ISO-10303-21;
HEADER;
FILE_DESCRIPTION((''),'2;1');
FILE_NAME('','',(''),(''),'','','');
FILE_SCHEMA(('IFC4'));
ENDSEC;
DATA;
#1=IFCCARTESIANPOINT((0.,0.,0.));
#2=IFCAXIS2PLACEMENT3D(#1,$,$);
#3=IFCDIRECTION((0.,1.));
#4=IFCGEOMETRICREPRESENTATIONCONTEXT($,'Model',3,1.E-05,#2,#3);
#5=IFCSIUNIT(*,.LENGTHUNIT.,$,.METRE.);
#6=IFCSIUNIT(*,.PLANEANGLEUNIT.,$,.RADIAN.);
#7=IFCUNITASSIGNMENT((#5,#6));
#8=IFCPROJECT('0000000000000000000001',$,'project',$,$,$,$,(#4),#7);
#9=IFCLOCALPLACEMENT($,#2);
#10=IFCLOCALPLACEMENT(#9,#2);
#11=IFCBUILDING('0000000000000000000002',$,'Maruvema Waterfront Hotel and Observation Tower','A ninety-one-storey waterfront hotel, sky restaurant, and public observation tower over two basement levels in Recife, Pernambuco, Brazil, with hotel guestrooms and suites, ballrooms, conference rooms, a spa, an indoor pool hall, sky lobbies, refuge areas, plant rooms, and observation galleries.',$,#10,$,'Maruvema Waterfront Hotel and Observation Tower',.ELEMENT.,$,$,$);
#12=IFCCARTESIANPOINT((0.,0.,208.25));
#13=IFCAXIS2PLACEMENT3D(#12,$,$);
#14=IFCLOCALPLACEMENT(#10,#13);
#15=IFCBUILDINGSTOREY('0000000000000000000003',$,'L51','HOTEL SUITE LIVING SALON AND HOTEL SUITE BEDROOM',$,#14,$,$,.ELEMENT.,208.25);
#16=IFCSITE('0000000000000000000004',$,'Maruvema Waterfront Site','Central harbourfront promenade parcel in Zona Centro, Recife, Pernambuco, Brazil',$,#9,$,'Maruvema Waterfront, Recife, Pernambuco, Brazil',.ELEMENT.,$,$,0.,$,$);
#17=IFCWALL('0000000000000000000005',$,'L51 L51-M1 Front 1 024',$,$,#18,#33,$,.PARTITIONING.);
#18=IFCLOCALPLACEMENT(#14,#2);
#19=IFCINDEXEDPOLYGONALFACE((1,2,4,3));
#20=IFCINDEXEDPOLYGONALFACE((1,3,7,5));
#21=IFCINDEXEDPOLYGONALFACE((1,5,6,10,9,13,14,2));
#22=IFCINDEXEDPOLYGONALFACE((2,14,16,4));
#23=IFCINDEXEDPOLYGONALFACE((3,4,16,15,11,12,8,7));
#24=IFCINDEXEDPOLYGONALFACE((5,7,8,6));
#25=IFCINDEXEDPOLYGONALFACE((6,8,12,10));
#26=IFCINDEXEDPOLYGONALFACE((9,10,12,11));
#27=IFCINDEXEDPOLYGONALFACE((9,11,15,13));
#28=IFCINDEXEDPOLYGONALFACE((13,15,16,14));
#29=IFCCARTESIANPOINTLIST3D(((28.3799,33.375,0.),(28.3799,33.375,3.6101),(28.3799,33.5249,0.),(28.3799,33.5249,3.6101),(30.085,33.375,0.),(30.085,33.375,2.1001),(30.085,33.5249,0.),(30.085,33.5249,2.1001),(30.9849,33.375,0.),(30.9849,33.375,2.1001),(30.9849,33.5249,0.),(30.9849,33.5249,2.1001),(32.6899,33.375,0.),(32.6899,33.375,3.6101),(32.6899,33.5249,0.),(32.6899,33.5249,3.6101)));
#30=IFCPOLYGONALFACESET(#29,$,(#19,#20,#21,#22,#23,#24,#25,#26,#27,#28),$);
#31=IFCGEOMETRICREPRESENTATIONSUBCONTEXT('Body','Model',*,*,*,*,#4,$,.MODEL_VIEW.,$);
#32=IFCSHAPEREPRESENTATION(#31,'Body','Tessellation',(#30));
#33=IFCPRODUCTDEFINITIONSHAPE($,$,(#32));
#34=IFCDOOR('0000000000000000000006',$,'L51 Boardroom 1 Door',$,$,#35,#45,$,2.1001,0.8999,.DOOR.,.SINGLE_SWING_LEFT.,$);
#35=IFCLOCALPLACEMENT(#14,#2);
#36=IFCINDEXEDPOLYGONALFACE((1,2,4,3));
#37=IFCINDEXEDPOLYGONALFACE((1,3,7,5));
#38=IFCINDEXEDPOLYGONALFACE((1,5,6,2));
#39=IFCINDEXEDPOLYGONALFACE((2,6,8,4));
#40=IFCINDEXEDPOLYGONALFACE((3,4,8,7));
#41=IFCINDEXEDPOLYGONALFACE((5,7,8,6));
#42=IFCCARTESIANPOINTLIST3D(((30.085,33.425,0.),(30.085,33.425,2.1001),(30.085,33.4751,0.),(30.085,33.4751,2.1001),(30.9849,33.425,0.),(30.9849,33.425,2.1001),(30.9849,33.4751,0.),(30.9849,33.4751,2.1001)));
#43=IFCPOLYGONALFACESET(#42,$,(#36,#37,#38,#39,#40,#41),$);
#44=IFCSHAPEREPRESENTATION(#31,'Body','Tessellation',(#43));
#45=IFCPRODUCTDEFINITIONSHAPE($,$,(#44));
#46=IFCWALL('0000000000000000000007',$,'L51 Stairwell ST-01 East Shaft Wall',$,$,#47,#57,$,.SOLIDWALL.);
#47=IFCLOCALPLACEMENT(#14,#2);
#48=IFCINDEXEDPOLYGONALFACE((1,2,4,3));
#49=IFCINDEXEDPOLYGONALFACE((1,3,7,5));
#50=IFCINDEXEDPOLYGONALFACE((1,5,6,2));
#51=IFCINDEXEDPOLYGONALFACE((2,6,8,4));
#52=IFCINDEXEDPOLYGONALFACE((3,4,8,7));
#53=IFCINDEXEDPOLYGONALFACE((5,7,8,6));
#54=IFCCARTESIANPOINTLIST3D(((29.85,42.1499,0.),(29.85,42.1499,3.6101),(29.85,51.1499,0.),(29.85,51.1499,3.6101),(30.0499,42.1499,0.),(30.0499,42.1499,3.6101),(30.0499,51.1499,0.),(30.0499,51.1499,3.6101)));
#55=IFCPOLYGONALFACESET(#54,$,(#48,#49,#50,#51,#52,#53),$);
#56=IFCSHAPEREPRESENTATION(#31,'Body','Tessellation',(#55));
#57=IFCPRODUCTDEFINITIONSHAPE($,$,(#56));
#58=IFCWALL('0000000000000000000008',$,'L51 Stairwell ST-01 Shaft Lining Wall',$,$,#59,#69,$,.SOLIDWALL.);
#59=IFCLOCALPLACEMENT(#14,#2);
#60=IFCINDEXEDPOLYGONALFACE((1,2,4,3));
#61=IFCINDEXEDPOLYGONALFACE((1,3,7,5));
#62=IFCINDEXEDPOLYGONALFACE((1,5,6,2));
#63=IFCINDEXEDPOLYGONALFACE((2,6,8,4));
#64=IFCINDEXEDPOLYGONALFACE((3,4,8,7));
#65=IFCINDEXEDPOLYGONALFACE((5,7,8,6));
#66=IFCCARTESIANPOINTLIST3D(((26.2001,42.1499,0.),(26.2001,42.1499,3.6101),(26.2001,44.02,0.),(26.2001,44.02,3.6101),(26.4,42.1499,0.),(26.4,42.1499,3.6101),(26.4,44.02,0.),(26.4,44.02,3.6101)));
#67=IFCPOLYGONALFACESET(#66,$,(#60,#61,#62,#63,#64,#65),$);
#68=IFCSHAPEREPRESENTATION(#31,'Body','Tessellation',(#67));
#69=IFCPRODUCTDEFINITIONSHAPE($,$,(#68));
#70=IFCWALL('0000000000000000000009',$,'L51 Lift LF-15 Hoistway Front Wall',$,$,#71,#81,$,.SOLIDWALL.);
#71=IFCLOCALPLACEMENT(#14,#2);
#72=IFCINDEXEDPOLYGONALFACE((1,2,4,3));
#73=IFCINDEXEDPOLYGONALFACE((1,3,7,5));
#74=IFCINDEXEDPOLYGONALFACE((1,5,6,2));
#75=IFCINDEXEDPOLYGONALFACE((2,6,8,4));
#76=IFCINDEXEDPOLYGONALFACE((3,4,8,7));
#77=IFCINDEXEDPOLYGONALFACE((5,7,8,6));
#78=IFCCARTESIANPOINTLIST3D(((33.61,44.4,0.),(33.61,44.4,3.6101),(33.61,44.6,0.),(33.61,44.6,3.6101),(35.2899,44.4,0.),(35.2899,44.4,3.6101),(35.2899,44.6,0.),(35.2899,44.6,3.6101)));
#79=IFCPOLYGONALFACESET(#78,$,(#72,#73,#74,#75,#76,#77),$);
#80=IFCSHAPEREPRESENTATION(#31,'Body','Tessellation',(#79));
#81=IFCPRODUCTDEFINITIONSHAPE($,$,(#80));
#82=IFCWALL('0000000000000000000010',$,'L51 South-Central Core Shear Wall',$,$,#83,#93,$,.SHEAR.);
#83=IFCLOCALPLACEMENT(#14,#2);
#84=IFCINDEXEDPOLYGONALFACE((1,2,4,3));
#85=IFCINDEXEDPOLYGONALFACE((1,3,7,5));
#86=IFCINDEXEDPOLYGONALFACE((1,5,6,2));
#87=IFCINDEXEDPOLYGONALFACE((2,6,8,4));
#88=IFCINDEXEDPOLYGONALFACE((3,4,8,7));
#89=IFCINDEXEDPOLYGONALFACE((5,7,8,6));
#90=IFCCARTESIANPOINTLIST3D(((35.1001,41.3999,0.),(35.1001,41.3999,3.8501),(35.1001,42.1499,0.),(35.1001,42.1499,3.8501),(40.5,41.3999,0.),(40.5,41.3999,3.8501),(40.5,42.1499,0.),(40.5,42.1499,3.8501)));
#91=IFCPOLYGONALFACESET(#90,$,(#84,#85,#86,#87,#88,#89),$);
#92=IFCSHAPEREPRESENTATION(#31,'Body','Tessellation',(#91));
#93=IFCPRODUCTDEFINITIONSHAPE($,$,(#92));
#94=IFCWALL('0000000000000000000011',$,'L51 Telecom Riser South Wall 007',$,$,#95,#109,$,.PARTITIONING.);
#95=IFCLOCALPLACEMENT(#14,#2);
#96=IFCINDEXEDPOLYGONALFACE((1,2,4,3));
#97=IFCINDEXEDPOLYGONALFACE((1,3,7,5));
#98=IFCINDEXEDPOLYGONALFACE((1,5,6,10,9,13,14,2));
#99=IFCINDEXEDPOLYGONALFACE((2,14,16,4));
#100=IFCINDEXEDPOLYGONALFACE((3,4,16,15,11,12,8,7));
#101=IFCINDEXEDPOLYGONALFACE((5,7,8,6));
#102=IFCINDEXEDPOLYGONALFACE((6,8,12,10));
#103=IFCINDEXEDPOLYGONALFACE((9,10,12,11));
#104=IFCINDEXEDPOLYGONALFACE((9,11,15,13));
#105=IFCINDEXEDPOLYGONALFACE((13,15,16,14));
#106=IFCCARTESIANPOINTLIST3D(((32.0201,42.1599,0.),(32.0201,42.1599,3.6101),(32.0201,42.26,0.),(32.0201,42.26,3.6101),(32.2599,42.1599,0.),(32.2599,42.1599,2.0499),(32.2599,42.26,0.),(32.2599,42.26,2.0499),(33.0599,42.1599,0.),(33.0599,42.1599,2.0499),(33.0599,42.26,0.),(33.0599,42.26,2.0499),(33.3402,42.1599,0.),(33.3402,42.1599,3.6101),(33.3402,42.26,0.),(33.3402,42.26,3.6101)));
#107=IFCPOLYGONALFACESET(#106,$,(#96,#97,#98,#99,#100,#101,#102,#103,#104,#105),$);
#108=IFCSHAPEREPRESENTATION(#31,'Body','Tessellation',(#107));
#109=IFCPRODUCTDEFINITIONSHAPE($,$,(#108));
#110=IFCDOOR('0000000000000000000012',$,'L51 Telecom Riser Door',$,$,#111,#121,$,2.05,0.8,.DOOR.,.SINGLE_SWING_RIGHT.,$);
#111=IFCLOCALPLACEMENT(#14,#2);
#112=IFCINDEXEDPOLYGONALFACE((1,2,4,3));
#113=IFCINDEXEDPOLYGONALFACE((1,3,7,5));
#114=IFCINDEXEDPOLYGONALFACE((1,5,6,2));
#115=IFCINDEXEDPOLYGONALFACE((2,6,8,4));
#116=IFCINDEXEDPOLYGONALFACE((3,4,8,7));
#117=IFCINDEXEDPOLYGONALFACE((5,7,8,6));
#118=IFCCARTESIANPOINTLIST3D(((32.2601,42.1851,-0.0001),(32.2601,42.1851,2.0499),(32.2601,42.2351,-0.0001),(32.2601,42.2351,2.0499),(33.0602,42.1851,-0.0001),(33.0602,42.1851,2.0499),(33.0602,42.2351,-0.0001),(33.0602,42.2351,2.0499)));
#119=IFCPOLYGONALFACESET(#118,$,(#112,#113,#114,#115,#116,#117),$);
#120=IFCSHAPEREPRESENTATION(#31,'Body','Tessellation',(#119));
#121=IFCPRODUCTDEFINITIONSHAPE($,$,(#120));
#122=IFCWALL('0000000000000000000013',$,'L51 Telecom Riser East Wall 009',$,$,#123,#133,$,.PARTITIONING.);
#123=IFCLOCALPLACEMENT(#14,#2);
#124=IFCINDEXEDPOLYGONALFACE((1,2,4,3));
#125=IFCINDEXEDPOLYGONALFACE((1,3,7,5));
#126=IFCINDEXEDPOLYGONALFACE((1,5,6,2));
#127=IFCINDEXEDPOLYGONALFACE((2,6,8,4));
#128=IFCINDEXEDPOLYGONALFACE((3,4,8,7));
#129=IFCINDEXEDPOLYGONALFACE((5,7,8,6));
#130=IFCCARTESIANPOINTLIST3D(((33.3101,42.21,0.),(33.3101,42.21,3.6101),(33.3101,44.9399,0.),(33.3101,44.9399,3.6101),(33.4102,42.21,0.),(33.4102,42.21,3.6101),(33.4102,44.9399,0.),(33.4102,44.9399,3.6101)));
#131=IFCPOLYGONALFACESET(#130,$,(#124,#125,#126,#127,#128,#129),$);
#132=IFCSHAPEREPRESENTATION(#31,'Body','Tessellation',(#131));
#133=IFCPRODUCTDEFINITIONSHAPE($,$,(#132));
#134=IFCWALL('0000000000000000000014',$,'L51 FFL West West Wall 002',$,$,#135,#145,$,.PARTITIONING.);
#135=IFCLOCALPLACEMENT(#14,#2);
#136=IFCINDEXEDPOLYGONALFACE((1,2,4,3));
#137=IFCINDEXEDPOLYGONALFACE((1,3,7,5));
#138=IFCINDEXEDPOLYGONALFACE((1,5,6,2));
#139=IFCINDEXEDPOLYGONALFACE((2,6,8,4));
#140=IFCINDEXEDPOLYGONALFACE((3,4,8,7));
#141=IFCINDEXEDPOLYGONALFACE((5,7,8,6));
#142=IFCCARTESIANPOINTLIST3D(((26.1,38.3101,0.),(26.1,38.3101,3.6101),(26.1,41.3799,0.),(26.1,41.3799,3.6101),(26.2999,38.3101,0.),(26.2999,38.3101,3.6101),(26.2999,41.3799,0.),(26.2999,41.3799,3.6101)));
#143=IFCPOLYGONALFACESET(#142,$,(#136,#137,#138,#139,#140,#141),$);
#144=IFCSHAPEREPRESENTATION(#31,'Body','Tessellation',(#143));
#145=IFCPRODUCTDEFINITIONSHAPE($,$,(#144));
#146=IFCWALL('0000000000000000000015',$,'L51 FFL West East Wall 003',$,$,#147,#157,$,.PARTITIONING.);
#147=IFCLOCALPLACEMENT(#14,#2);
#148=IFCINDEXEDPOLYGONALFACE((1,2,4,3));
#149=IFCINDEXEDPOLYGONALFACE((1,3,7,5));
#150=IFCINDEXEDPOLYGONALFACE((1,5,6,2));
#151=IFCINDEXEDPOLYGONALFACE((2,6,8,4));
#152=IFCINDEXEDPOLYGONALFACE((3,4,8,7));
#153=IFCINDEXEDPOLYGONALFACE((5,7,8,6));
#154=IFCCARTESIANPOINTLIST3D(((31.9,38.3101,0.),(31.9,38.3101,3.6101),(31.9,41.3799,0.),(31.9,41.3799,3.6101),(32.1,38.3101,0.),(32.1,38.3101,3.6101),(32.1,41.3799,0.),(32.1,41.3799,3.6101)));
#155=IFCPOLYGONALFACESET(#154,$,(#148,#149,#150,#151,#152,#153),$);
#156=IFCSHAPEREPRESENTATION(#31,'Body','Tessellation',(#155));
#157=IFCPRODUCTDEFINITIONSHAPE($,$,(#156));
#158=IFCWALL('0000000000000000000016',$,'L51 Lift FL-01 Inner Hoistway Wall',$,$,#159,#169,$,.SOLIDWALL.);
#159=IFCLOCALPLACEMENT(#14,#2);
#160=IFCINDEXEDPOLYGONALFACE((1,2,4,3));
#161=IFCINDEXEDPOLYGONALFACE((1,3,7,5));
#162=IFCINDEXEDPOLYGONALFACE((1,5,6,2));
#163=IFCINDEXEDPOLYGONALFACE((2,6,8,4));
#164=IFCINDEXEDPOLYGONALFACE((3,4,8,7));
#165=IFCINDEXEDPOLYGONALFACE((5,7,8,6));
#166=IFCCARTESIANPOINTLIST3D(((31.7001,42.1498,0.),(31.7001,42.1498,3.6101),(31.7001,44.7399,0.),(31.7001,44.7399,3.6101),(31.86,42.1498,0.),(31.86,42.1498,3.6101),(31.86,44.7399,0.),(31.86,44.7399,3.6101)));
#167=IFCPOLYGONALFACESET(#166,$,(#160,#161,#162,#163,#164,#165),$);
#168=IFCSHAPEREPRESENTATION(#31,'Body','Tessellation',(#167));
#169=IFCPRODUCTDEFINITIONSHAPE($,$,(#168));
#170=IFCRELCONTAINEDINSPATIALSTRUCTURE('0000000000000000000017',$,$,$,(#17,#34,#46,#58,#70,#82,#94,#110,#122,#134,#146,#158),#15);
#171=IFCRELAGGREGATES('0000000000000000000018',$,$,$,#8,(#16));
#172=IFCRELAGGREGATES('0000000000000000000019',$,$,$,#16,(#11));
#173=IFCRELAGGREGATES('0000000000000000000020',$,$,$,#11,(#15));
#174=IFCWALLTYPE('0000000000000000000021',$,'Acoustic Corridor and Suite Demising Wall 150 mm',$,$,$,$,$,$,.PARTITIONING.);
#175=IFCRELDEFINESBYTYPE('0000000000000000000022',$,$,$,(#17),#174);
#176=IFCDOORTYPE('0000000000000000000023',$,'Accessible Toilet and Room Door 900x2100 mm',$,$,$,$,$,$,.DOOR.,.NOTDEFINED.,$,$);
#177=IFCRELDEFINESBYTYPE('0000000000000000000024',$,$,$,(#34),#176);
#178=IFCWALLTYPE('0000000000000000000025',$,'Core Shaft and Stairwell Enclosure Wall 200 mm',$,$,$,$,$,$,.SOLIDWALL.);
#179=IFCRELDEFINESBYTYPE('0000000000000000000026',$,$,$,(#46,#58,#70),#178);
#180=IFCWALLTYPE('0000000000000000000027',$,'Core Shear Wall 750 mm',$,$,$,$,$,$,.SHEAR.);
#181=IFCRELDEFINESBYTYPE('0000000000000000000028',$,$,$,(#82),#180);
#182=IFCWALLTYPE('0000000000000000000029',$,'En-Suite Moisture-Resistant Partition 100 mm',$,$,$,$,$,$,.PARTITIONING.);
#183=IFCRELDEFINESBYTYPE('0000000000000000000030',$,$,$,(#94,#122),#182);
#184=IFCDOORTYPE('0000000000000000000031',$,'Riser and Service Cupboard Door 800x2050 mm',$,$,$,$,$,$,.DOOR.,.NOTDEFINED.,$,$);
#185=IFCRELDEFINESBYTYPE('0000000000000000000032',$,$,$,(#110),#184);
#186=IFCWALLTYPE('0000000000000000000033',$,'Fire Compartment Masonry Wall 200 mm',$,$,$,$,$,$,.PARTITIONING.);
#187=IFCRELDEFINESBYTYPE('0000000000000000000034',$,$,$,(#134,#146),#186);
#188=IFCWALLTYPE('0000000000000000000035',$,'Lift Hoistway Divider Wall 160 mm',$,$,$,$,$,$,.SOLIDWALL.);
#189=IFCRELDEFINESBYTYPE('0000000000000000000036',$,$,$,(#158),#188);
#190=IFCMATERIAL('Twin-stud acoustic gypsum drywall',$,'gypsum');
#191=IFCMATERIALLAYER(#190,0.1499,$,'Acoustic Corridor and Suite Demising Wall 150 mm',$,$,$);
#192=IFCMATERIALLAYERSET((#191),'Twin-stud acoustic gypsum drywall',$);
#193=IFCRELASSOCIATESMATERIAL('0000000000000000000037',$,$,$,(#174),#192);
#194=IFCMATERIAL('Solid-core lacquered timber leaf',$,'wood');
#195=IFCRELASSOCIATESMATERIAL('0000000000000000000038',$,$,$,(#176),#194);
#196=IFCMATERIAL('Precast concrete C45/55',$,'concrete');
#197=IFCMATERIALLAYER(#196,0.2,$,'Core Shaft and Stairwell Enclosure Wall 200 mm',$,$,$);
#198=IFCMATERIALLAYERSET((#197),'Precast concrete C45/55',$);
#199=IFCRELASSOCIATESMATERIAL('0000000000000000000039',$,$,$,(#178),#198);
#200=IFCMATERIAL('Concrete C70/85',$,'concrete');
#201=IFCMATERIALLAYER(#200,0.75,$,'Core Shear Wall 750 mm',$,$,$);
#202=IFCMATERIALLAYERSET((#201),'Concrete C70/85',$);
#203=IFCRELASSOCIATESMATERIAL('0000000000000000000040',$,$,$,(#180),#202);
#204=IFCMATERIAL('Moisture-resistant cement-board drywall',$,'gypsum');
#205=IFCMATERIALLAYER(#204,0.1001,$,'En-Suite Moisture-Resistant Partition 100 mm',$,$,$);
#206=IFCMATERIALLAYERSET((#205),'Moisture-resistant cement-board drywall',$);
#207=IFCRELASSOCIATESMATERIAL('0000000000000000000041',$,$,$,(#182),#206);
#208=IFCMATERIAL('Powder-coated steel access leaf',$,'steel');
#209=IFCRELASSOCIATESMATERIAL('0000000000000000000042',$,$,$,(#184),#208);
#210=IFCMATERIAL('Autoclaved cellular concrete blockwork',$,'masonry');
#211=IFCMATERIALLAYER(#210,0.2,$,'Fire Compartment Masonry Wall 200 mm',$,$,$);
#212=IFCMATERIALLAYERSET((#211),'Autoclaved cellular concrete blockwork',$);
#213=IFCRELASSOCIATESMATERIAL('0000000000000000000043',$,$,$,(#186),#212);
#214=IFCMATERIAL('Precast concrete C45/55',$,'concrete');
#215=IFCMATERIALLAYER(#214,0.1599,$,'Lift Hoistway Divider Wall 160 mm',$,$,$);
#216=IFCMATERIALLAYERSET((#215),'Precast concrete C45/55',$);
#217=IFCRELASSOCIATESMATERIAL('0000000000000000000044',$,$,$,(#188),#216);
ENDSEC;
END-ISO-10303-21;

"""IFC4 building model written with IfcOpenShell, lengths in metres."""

from ifc_helpers import new_model, si_unit, direction, frame, frame_2d, origin, place, context, subcontext, project, spatial, rectangle, extrude, material, layer, layer_set, type_object, element, fill, save


model = new_model("IFC4")

# Units and contexts
model_context = context("Model", 3, precision=1e-05, world=origin(), true_north=direction((0.0, 1.0)))
body_context = subcontext(model_context, "Body", "Model", "MODEL_VIEW")
ifc_project = project(units=[si_unit("LENGTHUNIT", "METRE"), si_unit("PLANEANGLEUNIT", "RADIAN")], contexts=[model_context])

# Site, building, storey
site_placement = place(None, origin())
site = spatial("IfcSite", under=ifc_project, at=site_placement, Name="Maruvema Waterfront Site", Description="Central harbourfront promenade parcel in Zona Centro, Recife, Pernambuco, Brazil", LongName="Maruvema Waterfront, Recife, Pernambuco, Brazil", CompositionType="ELEMENT", RefElevation=0.0)
building_placement = place(site_placement, origin())
building = spatial("IfcBuilding", under=site, at=building_placement, Name="Maruvema Waterfront Hotel and Observation Tower", Description="A ninety-one-storey waterfront hotel, sky restaurant, and public observation tower over two basement levels in Recife, Pernambuco, Brazil, with hotel guestrooms and suites, ballrooms, conference rooms, a spa, an indoor pool hall, sky lobbies, refuge areas, plant rooms, and observation galleries.", LongName="Maruvema Waterfront Hotel and Observation Tower", CompositionType="ELEMENT")
storey_placement = place(building_placement, frame((0.0, 0.0, 208.25)))
storey = spatial("IfcBuildingStorey", under=building, at=storey_placement, Name="L51", Description="HOTEL SUITE LIVING SALON AND HOTEL SUITE BEDROOM", CompositionType="ELEMENT", Elevation=208.25)

# Shared definitions
ifc_material_1 = material(Name="Twin-stud acoustic gypsum drywall", Category="gypsum")
ifc_layer_1 = layer(ifc_material_1, 0.1499, Name="Acoustic Corridor and Suite Demising Wall 150 mm")
ifc_layer_set_1 = layer_set([ifc_layer_1], Name="Twin-stud acoustic gypsum drywall")
wall_type_1 = type_object("IfcWallType", Name="Acoustic Corridor and Suite Demising Wall 150 mm", PredefinedType="PARTITIONING", material=ifc_layer_set_1)
ifc_material_2 = material(Name="Solid-core lacquered timber leaf", Category="wood")
door_type_1 = type_object("IfcDoorType", Name="Accessible Toilet and Room Door 900x2100 mm", OperationType="NOTDEFINED", PredefinedType="DOOR", material=ifc_material_2)

# Wall, opening, door
wall_1_placement = place(storey_placement, frame((28.3799, 33.45, 0.0), z_axis=(0.0, 0.0, 1.0), x_axis=(1.0, 0.0, 0.0)))
wall_1 = element("IfcWall", 1, at=wall_1_placement, inside=storey, type_object=wall_type_1, Name="L51 L51-M1 Front 1 024", PredefinedType="PARTITIONING", context=body_context, shape_type="SweptSolid", body=[
    extrude(rectangle(XDim=4.3101, YDim=0.1499, at=frame_2d((2.155, 0.0))), origin(), (0.0, 0.0, 1.0), 3.6101),
])
opening_1_placement = place(wall_1_placement, frame((1.7051, 0.0, 0.0)))
opening_1 = element("IfcOpeningElement", 2, at=opening_1_placement, cuts=wall_1, PredefinedType="OPENING", context=body_context, shape_type="SweptSolid", body=[
    extrude(rectangle(XDim=0.8999, YDim=2.1001, at=frame_2d((0.45, 1.05))), frame((0.0, 0.085, 0.0), z_axis=(0.0, -1.0, 0.0), x_axis=(1.0, 0.0, 0.0)), (0.0, 0.0, 1.0), 0.1699),
])
door_1_placement = place(opening_1_placement, frame((0.8999, 0.0, 0.0), z_axis=(0.0, 0.0, 1.0), x_axis=(-1.0, 0.0, 0.0)))
door_1 = element("IfcDoor", 3, at=door_1_placement, inside=storey, type_object=door_type_1, Name="L51 Boardroom 1 Door", OperationType="SINGLE_SWING_LEFT", OverallHeight=2.1001, OverallWidth=0.8999, PredefinedType="DOOR", context=body_context, shape_type="SweptSolid", body=[
    extrude(rectangle(XDim=0.8999, YDim=2.1001, at=frame_2d((0.45, 1.05))), frame((0.0, 0.0249, 0.0), z_axis=(0.0, -1.0, 0.0), x_axis=(1.0, 0.0, 0.0)), (0.0, 0.0, 1.0), 0.05),
])
fill(opening_1, door_1)

# Walls
ifc_material_3 = material(Name="Precast concrete C45/55", Category="concrete")
ifc_layer_2 = layer(ifc_material_3, 0.2, Name="Core Shaft and Stairwell Enclosure Wall 200 mm")
ifc_layer_set_2 = layer_set([ifc_layer_2], Name="Precast concrete C45/55")
wall_type_2 = type_object("IfcWallType", Name="Core Shaft and Stairwell Enclosure Wall 200 mm", PredefinedType="SOLIDWALL", material=ifc_layer_set_2)
wall_2_placement = place(storey_placement, frame((29.95, 42.1499, 0.0), z_axis=(0.0, 0.0, 1.0), x_axis=(0.0, 1.0, 0.0)))
element("IfcWall", 4, at=wall_2_placement, inside=storey, type_object=wall_type_2, Name="L51 Stairwell ST-01 East Shaft Wall", PredefinedType="SOLIDWALL", context=body_context, shape_type="SweptSolid", body=[
    extrude(rectangle(XDim=9.0, YDim=0.2, at=frame_2d((4.5, 0.0))), origin(), (0.0, 0.0, 1.0), 3.6101),
])
wall_3_placement = place(storey_placement, frame((26.3, 42.1499, 0.0), z_axis=(0.0, 0.0, 1.0), x_axis=(0.0, 1.0, 0.0)))
element("IfcWall", 5, at=wall_3_placement, inside=storey, type_object=wall_type_2, Name="L51 Stairwell ST-01 Shaft Lining Wall", PredefinedType="SOLIDWALL", context=body_context, shape_type="SweptSolid", body=[
    extrude(rectangle(XDim=1.8701, YDim=0.2, at=frame_2d((0.9351, 0.0))), origin(), (0.0, 0.0, 1.0), 3.6101),
])
wall_4_placement = place(storey_placement, frame((33.6101, 44.5, 0.0), z_axis=(0.0, 0.0, 1.0), x_axis=(1.0, 0.0, 0.0)))
element("IfcWall", 6, at=wall_4_placement, inside=storey, type_object=wall_type_2, Name="L51 Lift LF-15 Hoistway Front Wall", PredefinedType="SOLIDWALL", context=body_context, shape_type="SweptSolid", body=[
    extrude(rectangle(XDim=1.6799, YDim=0.2, at=frame_2d((0.8398, 0.0))), origin(), (0.0, 0.0, 1.0), 3.6101),
])
ifc_material_4 = material(Name="Concrete C70/85", Category="concrete")
ifc_layer_3 = layer(ifc_material_4, 0.75, Name="Core Shear Wall 750 mm")
ifc_layer_set_3 = layer_set([ifc_layer_3], Name="Concrete C70/85")
wall_type_3 = type_object("IfcWallType", Name="Core Shear Wall 750 mm", PredefinedType="SHEAR", material=ifc_layer_set_3)
wall_5_placement = place(storey_placement, frame((35.1001, 41.7749, 0.0), z_axis=(0.0, 0.0, 1.0), x_axis=(1.0, 0.0, 0.0)))
element("IfcWall", 7, at=wall_5_placement, inside=storey, type_object=wall_type_3, Name="L51 South-Central Core Shear Wall", PredefinedType="SHEAR", context=body_context, shape_type="SweptSolid", body=[
    extrude(rectangle(XDim=5.3999, YDim=0.75, at=frame_2d((2.7, 0.0))), origin(), (0.0, 0.0, 1.0), 3.8501),
])

# Wall, opening, door
ifc_material_5 = material(Name="Moisture-resistant cement-board drywall", Category="gypsum")
ifc_layer_4 = layer(ifc_material_5, 0.1001, Name="En-Suite Moisture-Resistant Partition 100 mm")
ifc_layer_set_4 = layer_set([ifc_layer_4], Name="Moisture-resistant cement-board drywall")
wall_type_4 = type_object("IfcWallType", Name="En-Suite Moisture-Resistant Partition 100 mm", PredefinedType="PARTITIONING", material=ifc_layer_set_4)
wall_6_placement = place(storey_placement, frame((32.02, 42.21, 0.0), z_axis=(0.0, 0.0, 1.0), x_axis=(1.0, 0.0, 0.0)))
wall_6 = element("IfcWall", 8, at=wall_6_placement, inside=storey, type_object=wall_type_4, Name="L51 Telecom Riser South Wall 007", PredefinedType="PARTITIONING", context=body_context, shape_type="SweptSolid", body=[
    extrude(rectangle(XDim=1.3201, YDim=0.1001, at=frame_2d((0.6602, 0.0))), origin(), (0.0, 0.0, 1.0), 3.6101),
])
opening_2_placement = place(wall_6_placement, frame((0.24, 0.0, 0.0)))
opening_2 = element("IfcOpeningElement", 9, at=opening_2_placement, cuts=wall_6, PredefinedType="OPENING", context=body_context, shape_type="SweptSolid", body=[
    extrude(rectangle(XDim=0.8, YDim=2.05, at=frame_2d((0.3999, 1.0249))), frame((0.0, 0.0601, 0.0), z_axis=(0.0, -1.0, 0.0), x_axis=(1.0, 0.0, 0.0)), (0.0, 0.0, 1.0), 0.1201),
])
ifc_material_6 = material(Name="Powder-coated steel access leaf", Category="steel")
door_type_2 = type_object("IfcDoorType", Name="Riser and Service Cupboard Door 800x2050 mm", OperationType="NOTDEFINED", PredefinedType="DOOR", material=ifc_material_6)
door_2_placement = place(opening_2_placement, frame((0.8, 0.0, 0.0), z_axis=(0.0, 0.0, 1.0), x_axis=(-1.0, 0.0, 0.0)))
door_2 = element("IfcDoor", 10, at=door_2_placement, inside=storey, type_object=door_type_2, Name="L51 Telecom Riser Door", OperationType="SINGLE_SWING_RIGHT", OverallHeight=2.05, OverallWidth=0.8, PredefinedType="DOOR", context=body_context, shape_type="SweptSolid", body=[
    extrude(rectangle(XDim=0.8, YDim=2.05, at=frame_2d((0.3999, 1.0249))), frame((0.0, 0.0249, 0.0), z_axis=(0.0, -1.0, 0.0), x_axis=(1.0, 0.0, 0.0)), (0.0, 0.0, 1.0), 0.05),
])
fill(opening_2, door_2)

# Wall
wall_7_placement = place(storey_placement, frame((33.3601, 42.21, 0.0), z_axis=(0.0, 0.0, 1.0), x_axis=(0.0, 1.0, 0.0)))
element("IfcWall", 11, at=wall_7_placement, inside=storey, type_object=wall_type_4, Name="L51 Telecom Riser East Wall 009", PredefinedType="PARTITIONING", context=body_context, shape_type="SweptSolid", body=[
    extrude(rectangle(XDim=2.73, YDim=0.1001, at=frame_2d((1.365, 0.0))), origin(), (0.0, 0.0, 1.0), 3.6101),
])

# Shared definitions
ifc_material_7 = material(Name="Autoclaved cellular concrete blockwork", Category="masonry")
ifc_layer_5 = layer(ifc_material_7, 0.2, Name="Fire Compartment Masonry Wall 200 mm")
ifc_layer_set_5 = layer_set([ifc_layer_5], Name="Autoclaved cellular concrete blockwork")
wall_type_5 = type_object("IfcWallType", Name="Fire Compartment Masonry Wall 200 mm", PredefinedType="PARTITIONING", material=ifc_layer_set_5)

# Walls
for number, where, z_axis, x_axis, name in (
    (12, (26.2, 38.3101, 0.0), (0.0, 0.0, 1.0), (0.0, 1.0, 0.0), "L51 FFL West West Wall 002"),
    (13, (32.0, 38.3101, 0.0), (0.0, 0.0, 1.0), (0.0, 1.0, 0.0), "L51 FFL West East Wall 003"),
):
    element("IfcWall", number, at=place(storey_placement, frame(where, z_axis=z_axis, x_axis=x_axis)), inside=storey, type_object=wall_type_5, Name=name, PredefinedType="PARTITIONING", context=body_context, shape_type="SweptSolid", body=[
        extrude(rectangle(XDim=3.0698, YDim=0.2, at=frame_2d((1.5349, 0.0))), origin(), (0.0, 0.0, 1.0), 3.6101),
    ])
ifc_material_8 = material(Name="Precast concrete C45/55", Category="concrete")
ifc_layer_6 = layer(ifc_material_8, 0.1599, Name="Lift Hoistway Divider Wall 160 mm")
ifc_layer_set_6 = layer_set([ifc_layer_6], Name="Precast concrete C45/55")
wall_type_6 = type_object("IfcWallType", Name="Lift Hoistway Divider Wall 160 mm", PredefinedType="SOLIDWALL", material=ifc_layer_set_6)
wall_8_placement = place(storey_placement, frame((31.78, 42.1499, 0.0), z_axis=(0.0, 0.0, 1.0), x_axis=(0.0, 1.0, 0.0)))
element("IfcWall", 14, at=wall_8_placement, inside=storey, type_object=wall_type_6, Name="L51 Lift FL-01 Inner Hoistway Wall", PredefinedType="SOLIDWALL", context=body_context, shape_type="SweptSolid", body=[
    extrude(rectangle(XDim=2.5901, YDim=0.1599, at=frame_2d((1.2949, 0.0))), origin(), (0.0, 0.0, 1.0), 3.6101),
])

save(model, "model.ifc")
